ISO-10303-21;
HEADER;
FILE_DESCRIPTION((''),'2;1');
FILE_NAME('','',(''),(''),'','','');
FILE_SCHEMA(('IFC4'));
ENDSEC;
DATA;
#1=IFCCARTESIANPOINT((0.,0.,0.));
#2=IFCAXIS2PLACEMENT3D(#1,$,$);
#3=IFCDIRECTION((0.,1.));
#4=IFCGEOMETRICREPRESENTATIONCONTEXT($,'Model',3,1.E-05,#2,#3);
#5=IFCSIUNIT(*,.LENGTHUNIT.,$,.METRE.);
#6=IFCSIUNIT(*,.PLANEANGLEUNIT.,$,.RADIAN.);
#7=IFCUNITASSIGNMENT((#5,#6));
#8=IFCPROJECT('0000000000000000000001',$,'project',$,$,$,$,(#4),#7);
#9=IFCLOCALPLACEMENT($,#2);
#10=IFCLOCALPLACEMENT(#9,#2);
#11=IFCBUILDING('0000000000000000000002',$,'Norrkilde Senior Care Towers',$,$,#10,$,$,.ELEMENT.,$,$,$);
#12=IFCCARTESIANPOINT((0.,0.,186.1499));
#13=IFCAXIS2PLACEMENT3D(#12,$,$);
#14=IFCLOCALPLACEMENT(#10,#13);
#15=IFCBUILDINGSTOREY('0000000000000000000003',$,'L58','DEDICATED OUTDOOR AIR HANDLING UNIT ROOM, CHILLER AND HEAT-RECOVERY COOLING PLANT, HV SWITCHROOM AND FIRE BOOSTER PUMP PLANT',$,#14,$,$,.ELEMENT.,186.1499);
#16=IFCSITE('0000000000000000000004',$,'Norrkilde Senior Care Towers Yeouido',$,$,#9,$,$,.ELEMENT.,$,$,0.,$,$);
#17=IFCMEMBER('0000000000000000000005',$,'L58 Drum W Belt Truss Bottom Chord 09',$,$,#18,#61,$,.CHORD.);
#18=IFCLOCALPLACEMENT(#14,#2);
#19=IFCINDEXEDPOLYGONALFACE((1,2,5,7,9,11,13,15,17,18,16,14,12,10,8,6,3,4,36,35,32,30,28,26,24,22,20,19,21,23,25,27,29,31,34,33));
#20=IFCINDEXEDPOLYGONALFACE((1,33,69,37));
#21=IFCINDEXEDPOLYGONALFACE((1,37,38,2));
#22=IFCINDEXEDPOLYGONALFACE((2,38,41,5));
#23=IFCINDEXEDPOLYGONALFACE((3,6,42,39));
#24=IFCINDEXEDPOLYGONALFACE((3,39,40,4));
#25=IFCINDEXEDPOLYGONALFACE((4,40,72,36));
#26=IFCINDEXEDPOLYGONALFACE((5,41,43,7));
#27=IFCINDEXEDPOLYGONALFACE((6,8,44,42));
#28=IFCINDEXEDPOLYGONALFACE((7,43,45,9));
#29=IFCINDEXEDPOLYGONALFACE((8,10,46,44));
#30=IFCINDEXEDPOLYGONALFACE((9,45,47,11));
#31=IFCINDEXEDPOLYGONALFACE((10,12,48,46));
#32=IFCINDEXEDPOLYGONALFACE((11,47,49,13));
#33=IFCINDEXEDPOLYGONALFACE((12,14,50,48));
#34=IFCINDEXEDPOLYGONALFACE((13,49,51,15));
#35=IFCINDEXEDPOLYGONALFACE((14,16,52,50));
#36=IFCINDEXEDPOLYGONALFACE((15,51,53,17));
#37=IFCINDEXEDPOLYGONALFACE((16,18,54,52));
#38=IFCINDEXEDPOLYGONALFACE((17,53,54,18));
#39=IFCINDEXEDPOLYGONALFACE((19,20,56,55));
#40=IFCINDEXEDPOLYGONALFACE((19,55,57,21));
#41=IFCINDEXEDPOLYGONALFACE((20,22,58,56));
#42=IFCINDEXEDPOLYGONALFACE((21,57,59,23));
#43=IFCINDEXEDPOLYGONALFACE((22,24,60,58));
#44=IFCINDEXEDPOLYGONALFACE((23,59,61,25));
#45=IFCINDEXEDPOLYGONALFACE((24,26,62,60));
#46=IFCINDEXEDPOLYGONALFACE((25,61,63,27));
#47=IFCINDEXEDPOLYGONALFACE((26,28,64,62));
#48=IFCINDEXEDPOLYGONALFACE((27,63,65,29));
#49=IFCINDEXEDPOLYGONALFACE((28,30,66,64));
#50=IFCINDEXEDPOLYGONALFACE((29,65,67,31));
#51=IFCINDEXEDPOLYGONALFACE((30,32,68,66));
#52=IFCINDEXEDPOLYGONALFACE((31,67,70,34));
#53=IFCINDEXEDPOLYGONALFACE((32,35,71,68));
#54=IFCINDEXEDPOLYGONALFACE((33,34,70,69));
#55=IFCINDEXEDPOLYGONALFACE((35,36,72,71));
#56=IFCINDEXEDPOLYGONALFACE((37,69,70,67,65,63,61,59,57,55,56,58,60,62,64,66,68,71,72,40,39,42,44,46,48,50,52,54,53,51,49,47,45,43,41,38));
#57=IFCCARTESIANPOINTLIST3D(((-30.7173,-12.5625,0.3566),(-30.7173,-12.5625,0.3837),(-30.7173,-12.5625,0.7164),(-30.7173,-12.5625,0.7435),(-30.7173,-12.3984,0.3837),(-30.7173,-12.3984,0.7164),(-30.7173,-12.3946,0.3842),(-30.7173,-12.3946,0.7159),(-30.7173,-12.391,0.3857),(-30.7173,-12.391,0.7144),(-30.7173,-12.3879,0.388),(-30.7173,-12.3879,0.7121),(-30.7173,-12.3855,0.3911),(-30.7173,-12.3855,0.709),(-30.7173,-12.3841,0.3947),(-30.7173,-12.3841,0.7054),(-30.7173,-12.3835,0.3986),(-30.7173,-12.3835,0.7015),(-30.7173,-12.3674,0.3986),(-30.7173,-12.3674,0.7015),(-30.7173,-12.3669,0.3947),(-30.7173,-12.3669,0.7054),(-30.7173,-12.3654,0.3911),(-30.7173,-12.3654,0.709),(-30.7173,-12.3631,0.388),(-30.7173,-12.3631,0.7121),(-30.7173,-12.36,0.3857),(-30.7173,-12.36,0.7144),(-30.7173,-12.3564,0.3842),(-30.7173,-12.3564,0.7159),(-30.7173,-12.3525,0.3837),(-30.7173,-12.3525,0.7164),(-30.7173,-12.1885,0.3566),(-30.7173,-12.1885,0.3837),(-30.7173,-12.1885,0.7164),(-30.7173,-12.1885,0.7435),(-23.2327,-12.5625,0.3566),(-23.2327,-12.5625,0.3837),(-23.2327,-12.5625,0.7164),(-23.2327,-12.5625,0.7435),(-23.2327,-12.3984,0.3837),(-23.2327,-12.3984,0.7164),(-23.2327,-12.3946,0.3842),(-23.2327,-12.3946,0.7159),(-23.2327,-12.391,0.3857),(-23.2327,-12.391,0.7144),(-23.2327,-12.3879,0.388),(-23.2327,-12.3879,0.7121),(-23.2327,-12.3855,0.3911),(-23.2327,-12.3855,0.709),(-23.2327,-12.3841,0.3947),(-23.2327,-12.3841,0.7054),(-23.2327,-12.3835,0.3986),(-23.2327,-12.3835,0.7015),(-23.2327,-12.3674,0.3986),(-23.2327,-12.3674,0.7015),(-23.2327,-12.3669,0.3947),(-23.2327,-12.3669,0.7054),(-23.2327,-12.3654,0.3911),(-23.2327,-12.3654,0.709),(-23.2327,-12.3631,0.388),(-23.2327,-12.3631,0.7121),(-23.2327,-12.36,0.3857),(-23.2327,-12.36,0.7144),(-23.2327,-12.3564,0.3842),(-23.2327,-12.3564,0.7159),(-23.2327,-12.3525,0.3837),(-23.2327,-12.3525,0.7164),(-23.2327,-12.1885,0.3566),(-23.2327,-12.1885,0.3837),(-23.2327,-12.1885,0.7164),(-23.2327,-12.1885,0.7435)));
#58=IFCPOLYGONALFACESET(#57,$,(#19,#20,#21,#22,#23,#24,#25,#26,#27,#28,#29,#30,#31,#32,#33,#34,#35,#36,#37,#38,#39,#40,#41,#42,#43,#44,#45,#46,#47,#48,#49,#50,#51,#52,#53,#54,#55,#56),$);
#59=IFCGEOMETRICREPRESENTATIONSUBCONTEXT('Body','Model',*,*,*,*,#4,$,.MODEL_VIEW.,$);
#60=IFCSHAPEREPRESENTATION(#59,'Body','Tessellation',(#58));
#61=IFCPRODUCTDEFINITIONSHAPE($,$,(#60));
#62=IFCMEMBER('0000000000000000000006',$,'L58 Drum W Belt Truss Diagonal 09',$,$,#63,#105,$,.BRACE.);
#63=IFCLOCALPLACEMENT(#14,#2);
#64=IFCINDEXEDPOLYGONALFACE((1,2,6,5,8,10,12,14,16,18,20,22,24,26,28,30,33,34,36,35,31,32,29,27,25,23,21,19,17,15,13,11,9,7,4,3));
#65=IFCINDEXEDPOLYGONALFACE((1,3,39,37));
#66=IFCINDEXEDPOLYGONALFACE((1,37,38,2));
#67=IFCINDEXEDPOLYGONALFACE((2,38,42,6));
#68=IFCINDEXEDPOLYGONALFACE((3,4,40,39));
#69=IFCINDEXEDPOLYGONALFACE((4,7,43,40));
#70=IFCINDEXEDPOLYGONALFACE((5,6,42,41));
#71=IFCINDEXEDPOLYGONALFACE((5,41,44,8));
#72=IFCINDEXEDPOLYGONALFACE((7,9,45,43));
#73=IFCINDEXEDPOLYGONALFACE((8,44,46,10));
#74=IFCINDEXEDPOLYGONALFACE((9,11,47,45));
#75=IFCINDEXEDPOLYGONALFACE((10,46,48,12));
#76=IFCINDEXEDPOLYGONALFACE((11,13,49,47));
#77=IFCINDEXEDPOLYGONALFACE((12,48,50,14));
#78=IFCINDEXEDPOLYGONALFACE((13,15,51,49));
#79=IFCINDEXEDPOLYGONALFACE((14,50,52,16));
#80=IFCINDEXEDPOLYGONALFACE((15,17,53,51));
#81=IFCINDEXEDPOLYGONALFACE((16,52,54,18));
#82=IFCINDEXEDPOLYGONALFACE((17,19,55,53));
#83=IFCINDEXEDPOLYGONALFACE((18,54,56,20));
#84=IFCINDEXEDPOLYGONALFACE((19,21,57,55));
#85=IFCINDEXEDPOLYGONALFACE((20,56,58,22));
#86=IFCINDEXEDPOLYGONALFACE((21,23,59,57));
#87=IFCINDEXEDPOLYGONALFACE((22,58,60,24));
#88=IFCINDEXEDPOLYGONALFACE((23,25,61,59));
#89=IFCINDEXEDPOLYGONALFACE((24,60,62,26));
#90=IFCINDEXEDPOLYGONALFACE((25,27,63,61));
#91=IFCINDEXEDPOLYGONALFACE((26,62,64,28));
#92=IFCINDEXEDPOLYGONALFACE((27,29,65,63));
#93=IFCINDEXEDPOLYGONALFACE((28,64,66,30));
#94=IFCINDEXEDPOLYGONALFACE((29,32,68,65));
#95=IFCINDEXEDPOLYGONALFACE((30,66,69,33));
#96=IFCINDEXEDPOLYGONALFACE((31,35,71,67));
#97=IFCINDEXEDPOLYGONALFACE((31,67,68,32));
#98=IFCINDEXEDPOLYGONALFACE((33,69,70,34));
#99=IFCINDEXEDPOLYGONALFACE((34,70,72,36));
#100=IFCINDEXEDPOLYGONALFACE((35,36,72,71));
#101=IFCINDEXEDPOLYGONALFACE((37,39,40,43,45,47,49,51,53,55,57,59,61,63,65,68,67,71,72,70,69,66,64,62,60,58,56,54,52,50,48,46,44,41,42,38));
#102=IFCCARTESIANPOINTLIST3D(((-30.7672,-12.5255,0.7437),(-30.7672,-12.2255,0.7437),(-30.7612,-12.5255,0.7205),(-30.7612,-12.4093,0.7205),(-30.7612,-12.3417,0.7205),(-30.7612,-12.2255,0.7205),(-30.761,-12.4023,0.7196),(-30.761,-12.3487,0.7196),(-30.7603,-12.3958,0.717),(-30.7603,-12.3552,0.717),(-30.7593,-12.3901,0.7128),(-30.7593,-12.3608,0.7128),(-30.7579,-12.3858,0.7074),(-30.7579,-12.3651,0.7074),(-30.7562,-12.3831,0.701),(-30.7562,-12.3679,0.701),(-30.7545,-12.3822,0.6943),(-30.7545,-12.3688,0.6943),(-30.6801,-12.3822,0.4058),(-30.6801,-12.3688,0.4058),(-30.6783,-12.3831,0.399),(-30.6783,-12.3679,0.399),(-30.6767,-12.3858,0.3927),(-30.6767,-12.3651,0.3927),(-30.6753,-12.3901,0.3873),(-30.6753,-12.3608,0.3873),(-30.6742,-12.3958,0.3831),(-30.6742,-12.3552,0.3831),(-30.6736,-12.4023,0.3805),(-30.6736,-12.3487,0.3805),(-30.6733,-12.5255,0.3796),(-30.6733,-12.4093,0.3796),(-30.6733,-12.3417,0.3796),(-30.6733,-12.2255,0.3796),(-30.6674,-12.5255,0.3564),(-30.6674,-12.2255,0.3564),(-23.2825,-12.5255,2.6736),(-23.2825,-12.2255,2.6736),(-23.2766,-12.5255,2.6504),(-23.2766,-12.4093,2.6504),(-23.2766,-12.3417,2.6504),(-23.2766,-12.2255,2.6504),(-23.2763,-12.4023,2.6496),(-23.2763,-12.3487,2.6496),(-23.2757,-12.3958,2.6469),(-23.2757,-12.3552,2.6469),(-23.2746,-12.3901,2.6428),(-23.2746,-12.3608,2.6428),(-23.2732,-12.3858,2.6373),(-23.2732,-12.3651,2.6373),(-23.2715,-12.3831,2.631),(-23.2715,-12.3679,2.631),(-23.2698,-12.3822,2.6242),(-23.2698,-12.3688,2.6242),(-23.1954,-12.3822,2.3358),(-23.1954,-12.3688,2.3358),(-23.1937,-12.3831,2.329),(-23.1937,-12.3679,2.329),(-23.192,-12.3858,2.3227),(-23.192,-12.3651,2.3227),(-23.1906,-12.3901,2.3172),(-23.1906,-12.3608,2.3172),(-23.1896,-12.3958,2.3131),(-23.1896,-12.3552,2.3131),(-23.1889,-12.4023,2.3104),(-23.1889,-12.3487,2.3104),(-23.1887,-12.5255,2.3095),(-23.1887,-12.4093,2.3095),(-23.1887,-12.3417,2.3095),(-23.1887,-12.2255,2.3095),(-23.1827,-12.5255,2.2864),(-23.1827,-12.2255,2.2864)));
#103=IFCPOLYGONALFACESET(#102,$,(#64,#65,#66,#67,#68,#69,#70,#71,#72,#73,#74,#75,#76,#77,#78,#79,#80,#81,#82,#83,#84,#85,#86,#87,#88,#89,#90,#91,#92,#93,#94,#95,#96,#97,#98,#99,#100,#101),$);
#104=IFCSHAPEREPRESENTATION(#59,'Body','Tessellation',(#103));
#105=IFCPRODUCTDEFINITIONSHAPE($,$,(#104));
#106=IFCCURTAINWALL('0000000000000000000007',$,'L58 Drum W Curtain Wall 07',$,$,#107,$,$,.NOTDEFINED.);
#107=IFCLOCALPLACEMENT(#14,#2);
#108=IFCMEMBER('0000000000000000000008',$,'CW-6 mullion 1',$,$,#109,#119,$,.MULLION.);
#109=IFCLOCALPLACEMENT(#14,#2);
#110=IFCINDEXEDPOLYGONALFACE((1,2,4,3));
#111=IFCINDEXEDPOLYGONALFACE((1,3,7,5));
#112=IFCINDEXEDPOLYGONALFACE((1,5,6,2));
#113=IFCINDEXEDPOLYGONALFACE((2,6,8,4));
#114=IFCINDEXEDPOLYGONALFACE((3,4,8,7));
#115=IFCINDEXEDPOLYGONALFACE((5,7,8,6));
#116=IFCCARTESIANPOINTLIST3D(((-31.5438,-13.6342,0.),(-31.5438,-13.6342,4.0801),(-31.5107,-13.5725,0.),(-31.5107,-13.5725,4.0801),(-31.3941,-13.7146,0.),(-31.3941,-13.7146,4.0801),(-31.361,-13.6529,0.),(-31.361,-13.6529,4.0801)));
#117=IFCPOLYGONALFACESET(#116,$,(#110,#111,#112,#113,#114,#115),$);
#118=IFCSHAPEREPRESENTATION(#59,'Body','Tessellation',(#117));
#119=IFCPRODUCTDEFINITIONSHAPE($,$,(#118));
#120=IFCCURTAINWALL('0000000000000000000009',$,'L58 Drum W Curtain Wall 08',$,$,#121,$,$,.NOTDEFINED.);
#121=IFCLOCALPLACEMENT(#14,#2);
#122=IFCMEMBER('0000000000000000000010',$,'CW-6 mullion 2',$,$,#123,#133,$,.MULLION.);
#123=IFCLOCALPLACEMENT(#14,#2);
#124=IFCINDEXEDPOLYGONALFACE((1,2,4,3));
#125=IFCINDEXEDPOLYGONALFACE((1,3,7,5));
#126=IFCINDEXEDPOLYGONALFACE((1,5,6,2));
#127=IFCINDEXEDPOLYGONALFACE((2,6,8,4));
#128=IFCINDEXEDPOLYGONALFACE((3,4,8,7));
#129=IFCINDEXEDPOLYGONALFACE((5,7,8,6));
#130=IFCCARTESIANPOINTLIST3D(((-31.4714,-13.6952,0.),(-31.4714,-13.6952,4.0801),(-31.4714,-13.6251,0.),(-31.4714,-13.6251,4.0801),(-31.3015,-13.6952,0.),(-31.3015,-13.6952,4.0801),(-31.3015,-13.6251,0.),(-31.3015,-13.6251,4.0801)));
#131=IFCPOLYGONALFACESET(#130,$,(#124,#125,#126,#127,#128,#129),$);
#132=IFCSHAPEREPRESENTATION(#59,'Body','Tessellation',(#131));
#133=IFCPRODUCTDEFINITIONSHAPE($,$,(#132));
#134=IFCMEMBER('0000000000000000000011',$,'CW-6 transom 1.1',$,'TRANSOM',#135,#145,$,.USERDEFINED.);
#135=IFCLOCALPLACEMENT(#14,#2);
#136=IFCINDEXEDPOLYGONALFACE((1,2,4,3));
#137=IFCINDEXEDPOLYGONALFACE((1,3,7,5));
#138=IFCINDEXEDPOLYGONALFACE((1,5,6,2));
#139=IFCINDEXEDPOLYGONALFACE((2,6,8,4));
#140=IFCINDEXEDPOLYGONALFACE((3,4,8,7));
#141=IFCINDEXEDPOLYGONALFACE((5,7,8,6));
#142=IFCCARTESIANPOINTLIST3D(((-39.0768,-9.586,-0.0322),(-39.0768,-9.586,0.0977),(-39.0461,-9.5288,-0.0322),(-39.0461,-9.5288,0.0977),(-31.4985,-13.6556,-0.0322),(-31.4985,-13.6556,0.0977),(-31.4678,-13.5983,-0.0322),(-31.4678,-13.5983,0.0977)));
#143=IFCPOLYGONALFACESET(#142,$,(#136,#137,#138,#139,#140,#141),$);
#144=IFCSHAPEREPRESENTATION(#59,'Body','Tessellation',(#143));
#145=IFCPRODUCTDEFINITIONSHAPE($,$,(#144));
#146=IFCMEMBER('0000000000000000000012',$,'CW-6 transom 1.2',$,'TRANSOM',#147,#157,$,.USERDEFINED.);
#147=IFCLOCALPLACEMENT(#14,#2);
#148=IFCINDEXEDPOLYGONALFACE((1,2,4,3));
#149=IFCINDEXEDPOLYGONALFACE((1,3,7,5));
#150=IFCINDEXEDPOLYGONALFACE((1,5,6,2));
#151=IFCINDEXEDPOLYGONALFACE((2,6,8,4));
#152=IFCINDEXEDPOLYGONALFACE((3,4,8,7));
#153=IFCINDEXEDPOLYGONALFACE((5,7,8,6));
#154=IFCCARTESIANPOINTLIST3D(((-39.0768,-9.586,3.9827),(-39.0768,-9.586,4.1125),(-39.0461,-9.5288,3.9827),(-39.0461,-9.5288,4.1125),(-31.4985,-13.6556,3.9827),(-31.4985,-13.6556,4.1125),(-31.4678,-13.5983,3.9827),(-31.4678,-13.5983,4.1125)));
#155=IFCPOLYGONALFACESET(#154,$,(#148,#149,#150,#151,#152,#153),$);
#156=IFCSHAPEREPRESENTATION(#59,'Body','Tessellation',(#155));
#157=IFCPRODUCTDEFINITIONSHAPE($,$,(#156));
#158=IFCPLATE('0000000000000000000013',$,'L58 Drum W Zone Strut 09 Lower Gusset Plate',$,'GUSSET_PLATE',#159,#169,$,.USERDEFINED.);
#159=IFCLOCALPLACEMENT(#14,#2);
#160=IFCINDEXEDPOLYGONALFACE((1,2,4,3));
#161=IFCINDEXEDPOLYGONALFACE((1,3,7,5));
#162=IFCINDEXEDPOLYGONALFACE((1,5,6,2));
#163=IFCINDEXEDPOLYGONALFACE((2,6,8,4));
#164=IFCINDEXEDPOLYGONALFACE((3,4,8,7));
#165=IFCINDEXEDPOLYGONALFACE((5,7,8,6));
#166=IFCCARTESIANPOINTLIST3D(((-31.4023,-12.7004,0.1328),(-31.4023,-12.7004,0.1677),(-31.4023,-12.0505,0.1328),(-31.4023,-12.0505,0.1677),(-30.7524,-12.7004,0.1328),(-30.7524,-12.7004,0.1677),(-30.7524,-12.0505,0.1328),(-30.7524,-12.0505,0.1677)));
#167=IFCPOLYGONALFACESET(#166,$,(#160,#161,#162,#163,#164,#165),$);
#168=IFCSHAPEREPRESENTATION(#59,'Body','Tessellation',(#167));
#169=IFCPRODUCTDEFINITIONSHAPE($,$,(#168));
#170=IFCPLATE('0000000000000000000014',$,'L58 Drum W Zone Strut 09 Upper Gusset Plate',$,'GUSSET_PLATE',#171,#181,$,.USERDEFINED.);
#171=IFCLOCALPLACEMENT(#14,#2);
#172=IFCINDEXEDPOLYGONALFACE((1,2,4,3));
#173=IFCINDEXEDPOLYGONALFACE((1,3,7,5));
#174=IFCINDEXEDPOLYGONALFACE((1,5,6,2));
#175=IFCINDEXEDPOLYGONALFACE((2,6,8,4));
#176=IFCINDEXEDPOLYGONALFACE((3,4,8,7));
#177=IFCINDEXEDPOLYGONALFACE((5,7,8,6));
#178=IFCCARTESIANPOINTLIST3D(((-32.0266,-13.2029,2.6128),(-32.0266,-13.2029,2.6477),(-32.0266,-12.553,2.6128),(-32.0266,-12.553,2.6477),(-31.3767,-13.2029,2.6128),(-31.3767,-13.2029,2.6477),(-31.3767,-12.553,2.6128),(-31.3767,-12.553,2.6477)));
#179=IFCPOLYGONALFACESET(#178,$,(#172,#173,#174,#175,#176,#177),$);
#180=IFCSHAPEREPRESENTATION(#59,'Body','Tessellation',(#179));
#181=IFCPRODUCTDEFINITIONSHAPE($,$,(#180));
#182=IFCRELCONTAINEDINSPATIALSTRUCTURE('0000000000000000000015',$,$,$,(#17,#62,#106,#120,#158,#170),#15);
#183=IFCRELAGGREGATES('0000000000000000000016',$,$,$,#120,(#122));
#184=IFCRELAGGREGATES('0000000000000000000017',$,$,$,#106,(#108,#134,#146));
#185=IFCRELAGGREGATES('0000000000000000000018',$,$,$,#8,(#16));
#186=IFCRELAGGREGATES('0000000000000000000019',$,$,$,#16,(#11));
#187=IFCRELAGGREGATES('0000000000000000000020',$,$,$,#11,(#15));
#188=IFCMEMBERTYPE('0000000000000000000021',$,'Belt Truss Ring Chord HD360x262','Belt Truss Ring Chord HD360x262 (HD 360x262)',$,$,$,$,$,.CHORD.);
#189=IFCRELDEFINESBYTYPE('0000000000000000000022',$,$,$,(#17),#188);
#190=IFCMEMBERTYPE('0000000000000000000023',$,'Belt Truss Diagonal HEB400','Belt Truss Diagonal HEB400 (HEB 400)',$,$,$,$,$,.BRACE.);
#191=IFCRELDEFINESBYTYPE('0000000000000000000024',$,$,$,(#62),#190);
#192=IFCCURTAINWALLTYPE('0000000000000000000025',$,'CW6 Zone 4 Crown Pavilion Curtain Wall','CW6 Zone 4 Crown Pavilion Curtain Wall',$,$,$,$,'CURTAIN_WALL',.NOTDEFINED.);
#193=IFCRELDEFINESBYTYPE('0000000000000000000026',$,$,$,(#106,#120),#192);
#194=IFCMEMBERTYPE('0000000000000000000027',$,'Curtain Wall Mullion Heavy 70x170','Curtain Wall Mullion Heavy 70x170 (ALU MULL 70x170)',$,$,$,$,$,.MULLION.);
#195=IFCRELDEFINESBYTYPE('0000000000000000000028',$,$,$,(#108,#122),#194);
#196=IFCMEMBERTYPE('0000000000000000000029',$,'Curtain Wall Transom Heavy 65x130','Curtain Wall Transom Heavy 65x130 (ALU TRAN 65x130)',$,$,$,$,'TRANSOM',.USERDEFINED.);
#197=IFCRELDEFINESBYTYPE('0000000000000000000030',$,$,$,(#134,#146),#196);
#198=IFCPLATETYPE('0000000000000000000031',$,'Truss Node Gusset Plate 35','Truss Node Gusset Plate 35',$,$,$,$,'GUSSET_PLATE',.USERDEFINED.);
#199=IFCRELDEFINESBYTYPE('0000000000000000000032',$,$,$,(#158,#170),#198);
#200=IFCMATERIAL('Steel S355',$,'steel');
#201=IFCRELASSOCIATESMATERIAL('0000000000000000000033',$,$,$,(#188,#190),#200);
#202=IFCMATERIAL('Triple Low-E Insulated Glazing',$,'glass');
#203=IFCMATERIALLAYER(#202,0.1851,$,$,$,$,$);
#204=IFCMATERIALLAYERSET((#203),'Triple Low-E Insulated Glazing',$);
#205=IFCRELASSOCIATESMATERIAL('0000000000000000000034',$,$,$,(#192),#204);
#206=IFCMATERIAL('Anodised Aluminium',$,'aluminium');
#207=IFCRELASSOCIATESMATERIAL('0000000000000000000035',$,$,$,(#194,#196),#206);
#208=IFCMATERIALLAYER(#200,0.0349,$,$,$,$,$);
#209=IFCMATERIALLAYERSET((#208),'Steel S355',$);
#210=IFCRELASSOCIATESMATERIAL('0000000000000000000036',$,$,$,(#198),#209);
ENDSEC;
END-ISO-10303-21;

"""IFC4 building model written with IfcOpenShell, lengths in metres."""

from ifc_helpers import new_model, si_unit, direction, frame, origin, origin_2d, place, context, subcontext, project, spatial, rectangle, i_section, extrude, source, transform, mapped, material, layer, layer_set, material_profile, profile_set, type_object, type_shapes, element, aggregate, save


model = new_model("IFC4")

# Units and contexts
model_context = context("Model", 3, precision=1e-05, world=origin(), true_north=direction((0.0, 1.0)))
body_context = subcontext(model_context, "Body", "Model", "MODEL_VIEW")
ifc_project = project(units=[si_unit("LENGTHUNIT", "METRE"), si_unit("PLANEANGLEUNIT", "RADIAN")], contexts=[model_context])

# Site, building, storey
site_placement = place(None, origin())
site = spatial("IfcSite", under=ifc_project, at=site_placement, Name="Norrkilde Senior Care Towers Yeouido", CompositionType="ELEMENT", RefElevation=0.0)
building_placement = place(site_placement, origin())
building = spatial("IfcBuilding", under=site, at=building_placement, Name="Norrkilde Senior Care Towers", CompositionType="ELEMENT")
storey_placement = place(building_placement, frame((0.0, 0.0, 186.1499)))
storey = spatial("IfcBuildingStorey", under=building, at=storey_placement, Name="L58", Description="DEDICATED OUTDOOR AIR HANDLING UNIT ROOM, CHILLER AND HEAT-RECOVERY COOLING PLANT, HV SWITCHROOM AND FIRE BOOSTER PUMP PLANT", CompositionType="ELEMENT", Elevation=186.1499)

# Members
ifc_material_1 = material(Name="Steel S355", Category="steel")
ifc_material_profile_1 = material_profile(ifc_material_1, i_section(OverallWidth=0.374, OverallDepth=0.387, WebThickness=0.0161, FlangeThickness=0.0271, FilletRadius=0.0149, at=origin_2d()), Name="HD 360x262")
ifc_profile_set_1 = profile_set([ifc_material_profile_1], Name="Steel S355")
member_type_1 = type_object("IfcMemberType", Name="Belt Truss Ring Chord HD360x262", Description="Belt Truss Ring Chord HD360x262 (HD 360x262)", PredefinedType="CHORD", material=ifc_profile_set_1)
shared_shape_1 = source(origin(), body_context, "Body", "SweptSolid", [
    extrude(i_section(OverallWidth=0.374, OverallDepth=0.387, WebThickness=0.0161, FlangeThickness=0.0271, FilletRadius=0.0149, at=origin_2d()), origin(), (0.0, 0.0, 1.0), 7.4846),
])
type_shapes(member_type_1, [shared_shape_1])
member_1_placement = place(storey_placement, frame((-30.7173, -12.3755, 0.55), z_axis=(1.0, 0.0, 0.0), x_axis=(0.0, 1.0, 0.0)))
element("IfcMember", 1, at=member_1_placement, inside=storey, type_object=member_type_1, Name="L58 Drum W Belt Truss Bottom Chord 09", PredefinedType="CHORD", context=body_context, shape_type="MappedRepresentation", body=[
    mapped(shared_shape_1, transform((0.0, 0.0, 0.0), x_axis=(1.0, 0.0, 0.0), y_axis=(0.0, 1.0, 0.0), z_axis=(0.0, 0.0, 1.0), scale=1.0)),
])
ifc_material_profile_2 = material_profile(ifc_material_1, i_section(OverallWidth=0.3, OverallDepth=0.3999, WebThickness=0.0134, FlangeThickness=0.0239, FilletRadius=0.0271, at=origin_2d()), Name="HEB 400")
ifc_profile_set_2 = profile_set([ifc_material_profile_2], Name="Steel S355")
member_type_2 = type_object("IfcMemberType", Name="Belt Truss Diagonal HEB400", Description="Belt Truss Diagonal HEB400 (HEB 400)", PredefinedType="BRACE", material=ifc_profile_set_2)
shared_shape_2 = source(origin(), body_context, "Body", "SweptSolid", [
    extrude(i_section(OverallWidth=0.3, OverallDepth=0.3999, WebThickness=0.0134, FlangeThickness=0.0239, FilletRadius=0.0271, at=origin_2d()), origin(), (0.0, 0.0, 1.0), 7.7295),
])
type_shapes(member_type_2, [shared_shape_2])
member_2_placement = place(storey_placement, frame((-30.7173, -12.3755, 0.55), z_axis=(0.968327, 0.0, 0.249686), x_axis=(0.0, 1.0, 0.0)))
element("IfcMember", 2, at=member_2_placement, inside=storey, type_object=member_type_2, Name="L58 Drum W Belt Truss Diagonal 09", PredefinedType="BRACE", context=body_context, shape_type="MappedRepresentation", body=[
    mapped(shared_shape_2, transform((0.0, 0.0, 0.0), x_axis=(1.0, 0.0, 0.0), y_axis=(0.0, 1.0, 0.0), z_axis=(0.0, 0.0, 1.0), scale=1.0)),
])

# Curtain walls, members
ifc_material_2 = material(Name="Triple Low-E Insulated Glazing", Category="glass")
ifc_layer_1 = layer(ifc_material_2, 0.1851)
ifc_layer_set_1 = layer_set([ifc_layer_1], Name="Triple Low-E Insulated Glazing")
curtain_wall_type = type_object("IfcCurtainWallType", Name="CW6 Zone 4 Crown Pavilion Curtain Wall", Description="CW6 Zone 4 Crown Pavilion Curtain Wall", ElementType="CURTAIN_WALL", PredefinedType="NOTDEFINED", material=ifc_layer_set_1)
curtain_wall_1_placement = place(storey_placement, origin())
curtain_wall_1 = element("IfcCurtainWall", 3, at=curtain_wall_1_placement, inside=storey, type_object=curtain_wall_type, Name="L58 Drum W Curtain Wall 07", PredefinedType="NOTDEFINED")
ifc_material_3 = material(Name="Anodised Aluminium", Category="aluminium")
ifc_material_profile_3 = material_profile(ifc_material_3, rectangle(XDim=0.0701, YDim=0.1699, at=origin_2d()), Name="ALU MULL 70x170")
ifc_profile_set_3 = profile_set([ifc_material_profile_3], Name="Anodised Aluminium")
member_type_3 = type_object("IfcMemberType", Name="Curtain Wall Mullion Heavy 70x170", Description="Curtain Wall Mullion Heavy 70x170 (ALU MULL 70x170)", PredefinedType="MULLION", material=ifc_profile_set_3)
shared_shape_3 = source(origin(), body_context, "Body", "SweptSolid", [
    extrude(rectangle(XDim=0.0701, YDim=0.1699, at=origin_2d()), origin(), (0.0, 0.0, 1.0), 4.0801),
])
type_shapes(member_type_3, [shared_shape_3])
member_3_placement = place(storey_placement, frame((-31.4524, -13.6436, 0.0), z_axis=(0.0, 0.0, 1.0), x_axis=(-0.473117, -0.881, 0.0)))
member_3 = element("IfcMember", 4, at=member_3_placement, type_object=member_type_3, Name="CW-6 mullion 1", PredefinedType="MULLION", context=body_context, shape_type="MappedRepresentation", body=[
    mapped(shared_shape_3, transform((0.0, 0.0, 0.0), x_axis=(1.0, 0.0, 0.0), y_axis=(0.0, 1.0, 0.0), z_axis=(0.0, 0.0, 1.0), scale=1.0)),
])
curtain_wall_2_placement = place(storey_placement, origin())
curtain_wall_2 = element("IfcCurtainWall", 5, at=curtain_wall_2_placement, inside=storey, type_object=curtain_wall_type, Name="L58 Drum W Curtain Wall 08", PredefinedType="NOTDEFINED")
member_4_placement = place(storey_placement, frame((-31.3865, -13.6602, 0.0), z_axis=(0.0, 0.0, 1.0), x_axis=(0.0, -1.0, 0.0)))
member_4 = element("IfcMember", 6, at=member_4_placement, type_object=member_type_3, Name="CW-6 mullion 2", PredefinedType="MULLION", context=body_context, shape_type="MappedRepresentation", body=[
    mapped(shared_shape_3, transform((0.0, 0.0, 0.0), x_axis=(1.0, 0.0, 0.0), y_axis=(0.0, 1.0, 0.0), z_axis=(0.0, 0.0, 1.0), scale=1.0)),
])
aggregate(curtain_wall_2, [member_4])

# Members
ifc_material_profile_4 = material_profile(ifc_material_3, rectangle(XDim=0.0649, YDim=0.1299, at=origin_2d()), Name="ALU TRAN 65x130")
ifc_profile_set_4 = profile_set([ifc_material_profile_4], Name="Anodised Aluminium")
member_type_4 = type_object("IfcMemberType", Name="Curtain Wall Transom Heavy 65x130", Description="Curtain Wall Transom Heavy 65x130 (ALU TRAN 65x130)", ElementType="TRANSOM", PredefinedType="USERDEFINED", material=ifc_profile_set_4)
shared_shape_4 = source(origin(), body_context, "Body", "SweptSolid", [
    extrude(rectangle(XDim=0.0649, YDim=0.1299, at=origin_2d()), origin(), (0.0, 0.0, 1.0), 8.6018),
])
type_shapes(member_type_4, [shared_shape_4])
member_5_placement = place(storey_placement, frame((-31.4832, -13.627, 0.0327), z_axis=(-0.881008, 0.473101, 0.0), x_axis=(-0.473101, -0.881008, 0.0)))
member_5 = element("IfcMember", 7, at=member_5_placement, type_object=member_type_4, Name="CW-6 transom 1.1", ObjectType="TRANSOM", PredefinedType="USERDEFINED", context=body_context, shape_type="MappedRepresentation", body=[
    mapped(shared_shape_4, transform((0.0, 0.0, 0.0), x_axis=(1.0, 0.0, 0.0), y_axis=(0.0, 1.0, 0.0), z_axis=(0.0, 0.0, 1.0), scale=1.0)),
])
member_6_placement = place(storey_placement, frame((-31.4832, -13.627, 4.0476), z_axis=(-0.881008, 0.473101, 0.0), x_axis=(-0.473101, -0.881008, 0.0)))
member_6 = element("IfcMember", 8, at=member_6_placement, type_object=member_type_4, Name="CW-6 transom 1.2", ObjectType="TRANSOM", PredefinedType="USERDEFINED", context=body_context, shape_type="MappedRepresentation", body=[
    mapped(shared_shape_4, transform((0.0, 0.0, 0.0), x_axis=(1.0, 0.0, 0.0), y_axis=(0.0, 1.0, 0.0), z_axis=(0.0, 0.0, 1.0), scale=1.0)),
])

# Plates
ifc_layer_2 = layer(ifc_material_1, 0.0349)
ifc_layer_set_2 = layer_set([ifc_layer_2], Name="Steel S355")
plate_type_1 = type_object("IfcPlateType", Name="Truss Node Gusset Plate 35", Description="Truss Node Gusset Plate 35", ElementType="GUSSET_PLATE", PredefinedType="USERDEFINED", material=ifc_layer_set_2)
shared_shape_5 = source(origin(), body_context, "Body", "SweptSolid", [
    extrude(rectangle(XDim=0.6499, YDim=0.6499, at=origin_2d()), origin(), (0.0, 0.0, 1.0), 0.0349),
])
type_shapes(plate_type_1, [shared_shape_5])
for number, where, z_axis, x_axis, name in (
    (9, (-31.0774, -12.3755, 0.1328), (0.0, 0.0, 1.0), (1.0, 0.0, 0.0), "L58 Drum W Zone Strut 09 Lower Gusset Plate"),
    (10, (-31.7017, -12.8779, 2.6128), (0.0, 0.0, 1.0), (1.0, 0.0, 0.0), "L58 Drum W Zone Strut 09 Upper Gusset Plate"),
):
    element("IfcPlate", number, at=place(storey_placement, frame(where, z_axis=z_axis, x_axis=x_axis)), inside=storey, type_object=plate_type_1, Name=name, ObjectType="GUSSET_PLATE", PredefinedType="USERDEFINED", context=body_context, shape_type="MappedRepresentation", body=[
        mapped(shared_shape_5, transform((0.0, 0.0, 0.0), x_axis=(1.0, 0.0, 0.0), y_axis=(0.0, 1.0, 0.0), z_axis=(0.0, 0.0, 1.0), scale=1.0)),
    ])

aggregate(curtain_wall_1, [member_3, member_5, member_6])

save(model, "model.ifc")
